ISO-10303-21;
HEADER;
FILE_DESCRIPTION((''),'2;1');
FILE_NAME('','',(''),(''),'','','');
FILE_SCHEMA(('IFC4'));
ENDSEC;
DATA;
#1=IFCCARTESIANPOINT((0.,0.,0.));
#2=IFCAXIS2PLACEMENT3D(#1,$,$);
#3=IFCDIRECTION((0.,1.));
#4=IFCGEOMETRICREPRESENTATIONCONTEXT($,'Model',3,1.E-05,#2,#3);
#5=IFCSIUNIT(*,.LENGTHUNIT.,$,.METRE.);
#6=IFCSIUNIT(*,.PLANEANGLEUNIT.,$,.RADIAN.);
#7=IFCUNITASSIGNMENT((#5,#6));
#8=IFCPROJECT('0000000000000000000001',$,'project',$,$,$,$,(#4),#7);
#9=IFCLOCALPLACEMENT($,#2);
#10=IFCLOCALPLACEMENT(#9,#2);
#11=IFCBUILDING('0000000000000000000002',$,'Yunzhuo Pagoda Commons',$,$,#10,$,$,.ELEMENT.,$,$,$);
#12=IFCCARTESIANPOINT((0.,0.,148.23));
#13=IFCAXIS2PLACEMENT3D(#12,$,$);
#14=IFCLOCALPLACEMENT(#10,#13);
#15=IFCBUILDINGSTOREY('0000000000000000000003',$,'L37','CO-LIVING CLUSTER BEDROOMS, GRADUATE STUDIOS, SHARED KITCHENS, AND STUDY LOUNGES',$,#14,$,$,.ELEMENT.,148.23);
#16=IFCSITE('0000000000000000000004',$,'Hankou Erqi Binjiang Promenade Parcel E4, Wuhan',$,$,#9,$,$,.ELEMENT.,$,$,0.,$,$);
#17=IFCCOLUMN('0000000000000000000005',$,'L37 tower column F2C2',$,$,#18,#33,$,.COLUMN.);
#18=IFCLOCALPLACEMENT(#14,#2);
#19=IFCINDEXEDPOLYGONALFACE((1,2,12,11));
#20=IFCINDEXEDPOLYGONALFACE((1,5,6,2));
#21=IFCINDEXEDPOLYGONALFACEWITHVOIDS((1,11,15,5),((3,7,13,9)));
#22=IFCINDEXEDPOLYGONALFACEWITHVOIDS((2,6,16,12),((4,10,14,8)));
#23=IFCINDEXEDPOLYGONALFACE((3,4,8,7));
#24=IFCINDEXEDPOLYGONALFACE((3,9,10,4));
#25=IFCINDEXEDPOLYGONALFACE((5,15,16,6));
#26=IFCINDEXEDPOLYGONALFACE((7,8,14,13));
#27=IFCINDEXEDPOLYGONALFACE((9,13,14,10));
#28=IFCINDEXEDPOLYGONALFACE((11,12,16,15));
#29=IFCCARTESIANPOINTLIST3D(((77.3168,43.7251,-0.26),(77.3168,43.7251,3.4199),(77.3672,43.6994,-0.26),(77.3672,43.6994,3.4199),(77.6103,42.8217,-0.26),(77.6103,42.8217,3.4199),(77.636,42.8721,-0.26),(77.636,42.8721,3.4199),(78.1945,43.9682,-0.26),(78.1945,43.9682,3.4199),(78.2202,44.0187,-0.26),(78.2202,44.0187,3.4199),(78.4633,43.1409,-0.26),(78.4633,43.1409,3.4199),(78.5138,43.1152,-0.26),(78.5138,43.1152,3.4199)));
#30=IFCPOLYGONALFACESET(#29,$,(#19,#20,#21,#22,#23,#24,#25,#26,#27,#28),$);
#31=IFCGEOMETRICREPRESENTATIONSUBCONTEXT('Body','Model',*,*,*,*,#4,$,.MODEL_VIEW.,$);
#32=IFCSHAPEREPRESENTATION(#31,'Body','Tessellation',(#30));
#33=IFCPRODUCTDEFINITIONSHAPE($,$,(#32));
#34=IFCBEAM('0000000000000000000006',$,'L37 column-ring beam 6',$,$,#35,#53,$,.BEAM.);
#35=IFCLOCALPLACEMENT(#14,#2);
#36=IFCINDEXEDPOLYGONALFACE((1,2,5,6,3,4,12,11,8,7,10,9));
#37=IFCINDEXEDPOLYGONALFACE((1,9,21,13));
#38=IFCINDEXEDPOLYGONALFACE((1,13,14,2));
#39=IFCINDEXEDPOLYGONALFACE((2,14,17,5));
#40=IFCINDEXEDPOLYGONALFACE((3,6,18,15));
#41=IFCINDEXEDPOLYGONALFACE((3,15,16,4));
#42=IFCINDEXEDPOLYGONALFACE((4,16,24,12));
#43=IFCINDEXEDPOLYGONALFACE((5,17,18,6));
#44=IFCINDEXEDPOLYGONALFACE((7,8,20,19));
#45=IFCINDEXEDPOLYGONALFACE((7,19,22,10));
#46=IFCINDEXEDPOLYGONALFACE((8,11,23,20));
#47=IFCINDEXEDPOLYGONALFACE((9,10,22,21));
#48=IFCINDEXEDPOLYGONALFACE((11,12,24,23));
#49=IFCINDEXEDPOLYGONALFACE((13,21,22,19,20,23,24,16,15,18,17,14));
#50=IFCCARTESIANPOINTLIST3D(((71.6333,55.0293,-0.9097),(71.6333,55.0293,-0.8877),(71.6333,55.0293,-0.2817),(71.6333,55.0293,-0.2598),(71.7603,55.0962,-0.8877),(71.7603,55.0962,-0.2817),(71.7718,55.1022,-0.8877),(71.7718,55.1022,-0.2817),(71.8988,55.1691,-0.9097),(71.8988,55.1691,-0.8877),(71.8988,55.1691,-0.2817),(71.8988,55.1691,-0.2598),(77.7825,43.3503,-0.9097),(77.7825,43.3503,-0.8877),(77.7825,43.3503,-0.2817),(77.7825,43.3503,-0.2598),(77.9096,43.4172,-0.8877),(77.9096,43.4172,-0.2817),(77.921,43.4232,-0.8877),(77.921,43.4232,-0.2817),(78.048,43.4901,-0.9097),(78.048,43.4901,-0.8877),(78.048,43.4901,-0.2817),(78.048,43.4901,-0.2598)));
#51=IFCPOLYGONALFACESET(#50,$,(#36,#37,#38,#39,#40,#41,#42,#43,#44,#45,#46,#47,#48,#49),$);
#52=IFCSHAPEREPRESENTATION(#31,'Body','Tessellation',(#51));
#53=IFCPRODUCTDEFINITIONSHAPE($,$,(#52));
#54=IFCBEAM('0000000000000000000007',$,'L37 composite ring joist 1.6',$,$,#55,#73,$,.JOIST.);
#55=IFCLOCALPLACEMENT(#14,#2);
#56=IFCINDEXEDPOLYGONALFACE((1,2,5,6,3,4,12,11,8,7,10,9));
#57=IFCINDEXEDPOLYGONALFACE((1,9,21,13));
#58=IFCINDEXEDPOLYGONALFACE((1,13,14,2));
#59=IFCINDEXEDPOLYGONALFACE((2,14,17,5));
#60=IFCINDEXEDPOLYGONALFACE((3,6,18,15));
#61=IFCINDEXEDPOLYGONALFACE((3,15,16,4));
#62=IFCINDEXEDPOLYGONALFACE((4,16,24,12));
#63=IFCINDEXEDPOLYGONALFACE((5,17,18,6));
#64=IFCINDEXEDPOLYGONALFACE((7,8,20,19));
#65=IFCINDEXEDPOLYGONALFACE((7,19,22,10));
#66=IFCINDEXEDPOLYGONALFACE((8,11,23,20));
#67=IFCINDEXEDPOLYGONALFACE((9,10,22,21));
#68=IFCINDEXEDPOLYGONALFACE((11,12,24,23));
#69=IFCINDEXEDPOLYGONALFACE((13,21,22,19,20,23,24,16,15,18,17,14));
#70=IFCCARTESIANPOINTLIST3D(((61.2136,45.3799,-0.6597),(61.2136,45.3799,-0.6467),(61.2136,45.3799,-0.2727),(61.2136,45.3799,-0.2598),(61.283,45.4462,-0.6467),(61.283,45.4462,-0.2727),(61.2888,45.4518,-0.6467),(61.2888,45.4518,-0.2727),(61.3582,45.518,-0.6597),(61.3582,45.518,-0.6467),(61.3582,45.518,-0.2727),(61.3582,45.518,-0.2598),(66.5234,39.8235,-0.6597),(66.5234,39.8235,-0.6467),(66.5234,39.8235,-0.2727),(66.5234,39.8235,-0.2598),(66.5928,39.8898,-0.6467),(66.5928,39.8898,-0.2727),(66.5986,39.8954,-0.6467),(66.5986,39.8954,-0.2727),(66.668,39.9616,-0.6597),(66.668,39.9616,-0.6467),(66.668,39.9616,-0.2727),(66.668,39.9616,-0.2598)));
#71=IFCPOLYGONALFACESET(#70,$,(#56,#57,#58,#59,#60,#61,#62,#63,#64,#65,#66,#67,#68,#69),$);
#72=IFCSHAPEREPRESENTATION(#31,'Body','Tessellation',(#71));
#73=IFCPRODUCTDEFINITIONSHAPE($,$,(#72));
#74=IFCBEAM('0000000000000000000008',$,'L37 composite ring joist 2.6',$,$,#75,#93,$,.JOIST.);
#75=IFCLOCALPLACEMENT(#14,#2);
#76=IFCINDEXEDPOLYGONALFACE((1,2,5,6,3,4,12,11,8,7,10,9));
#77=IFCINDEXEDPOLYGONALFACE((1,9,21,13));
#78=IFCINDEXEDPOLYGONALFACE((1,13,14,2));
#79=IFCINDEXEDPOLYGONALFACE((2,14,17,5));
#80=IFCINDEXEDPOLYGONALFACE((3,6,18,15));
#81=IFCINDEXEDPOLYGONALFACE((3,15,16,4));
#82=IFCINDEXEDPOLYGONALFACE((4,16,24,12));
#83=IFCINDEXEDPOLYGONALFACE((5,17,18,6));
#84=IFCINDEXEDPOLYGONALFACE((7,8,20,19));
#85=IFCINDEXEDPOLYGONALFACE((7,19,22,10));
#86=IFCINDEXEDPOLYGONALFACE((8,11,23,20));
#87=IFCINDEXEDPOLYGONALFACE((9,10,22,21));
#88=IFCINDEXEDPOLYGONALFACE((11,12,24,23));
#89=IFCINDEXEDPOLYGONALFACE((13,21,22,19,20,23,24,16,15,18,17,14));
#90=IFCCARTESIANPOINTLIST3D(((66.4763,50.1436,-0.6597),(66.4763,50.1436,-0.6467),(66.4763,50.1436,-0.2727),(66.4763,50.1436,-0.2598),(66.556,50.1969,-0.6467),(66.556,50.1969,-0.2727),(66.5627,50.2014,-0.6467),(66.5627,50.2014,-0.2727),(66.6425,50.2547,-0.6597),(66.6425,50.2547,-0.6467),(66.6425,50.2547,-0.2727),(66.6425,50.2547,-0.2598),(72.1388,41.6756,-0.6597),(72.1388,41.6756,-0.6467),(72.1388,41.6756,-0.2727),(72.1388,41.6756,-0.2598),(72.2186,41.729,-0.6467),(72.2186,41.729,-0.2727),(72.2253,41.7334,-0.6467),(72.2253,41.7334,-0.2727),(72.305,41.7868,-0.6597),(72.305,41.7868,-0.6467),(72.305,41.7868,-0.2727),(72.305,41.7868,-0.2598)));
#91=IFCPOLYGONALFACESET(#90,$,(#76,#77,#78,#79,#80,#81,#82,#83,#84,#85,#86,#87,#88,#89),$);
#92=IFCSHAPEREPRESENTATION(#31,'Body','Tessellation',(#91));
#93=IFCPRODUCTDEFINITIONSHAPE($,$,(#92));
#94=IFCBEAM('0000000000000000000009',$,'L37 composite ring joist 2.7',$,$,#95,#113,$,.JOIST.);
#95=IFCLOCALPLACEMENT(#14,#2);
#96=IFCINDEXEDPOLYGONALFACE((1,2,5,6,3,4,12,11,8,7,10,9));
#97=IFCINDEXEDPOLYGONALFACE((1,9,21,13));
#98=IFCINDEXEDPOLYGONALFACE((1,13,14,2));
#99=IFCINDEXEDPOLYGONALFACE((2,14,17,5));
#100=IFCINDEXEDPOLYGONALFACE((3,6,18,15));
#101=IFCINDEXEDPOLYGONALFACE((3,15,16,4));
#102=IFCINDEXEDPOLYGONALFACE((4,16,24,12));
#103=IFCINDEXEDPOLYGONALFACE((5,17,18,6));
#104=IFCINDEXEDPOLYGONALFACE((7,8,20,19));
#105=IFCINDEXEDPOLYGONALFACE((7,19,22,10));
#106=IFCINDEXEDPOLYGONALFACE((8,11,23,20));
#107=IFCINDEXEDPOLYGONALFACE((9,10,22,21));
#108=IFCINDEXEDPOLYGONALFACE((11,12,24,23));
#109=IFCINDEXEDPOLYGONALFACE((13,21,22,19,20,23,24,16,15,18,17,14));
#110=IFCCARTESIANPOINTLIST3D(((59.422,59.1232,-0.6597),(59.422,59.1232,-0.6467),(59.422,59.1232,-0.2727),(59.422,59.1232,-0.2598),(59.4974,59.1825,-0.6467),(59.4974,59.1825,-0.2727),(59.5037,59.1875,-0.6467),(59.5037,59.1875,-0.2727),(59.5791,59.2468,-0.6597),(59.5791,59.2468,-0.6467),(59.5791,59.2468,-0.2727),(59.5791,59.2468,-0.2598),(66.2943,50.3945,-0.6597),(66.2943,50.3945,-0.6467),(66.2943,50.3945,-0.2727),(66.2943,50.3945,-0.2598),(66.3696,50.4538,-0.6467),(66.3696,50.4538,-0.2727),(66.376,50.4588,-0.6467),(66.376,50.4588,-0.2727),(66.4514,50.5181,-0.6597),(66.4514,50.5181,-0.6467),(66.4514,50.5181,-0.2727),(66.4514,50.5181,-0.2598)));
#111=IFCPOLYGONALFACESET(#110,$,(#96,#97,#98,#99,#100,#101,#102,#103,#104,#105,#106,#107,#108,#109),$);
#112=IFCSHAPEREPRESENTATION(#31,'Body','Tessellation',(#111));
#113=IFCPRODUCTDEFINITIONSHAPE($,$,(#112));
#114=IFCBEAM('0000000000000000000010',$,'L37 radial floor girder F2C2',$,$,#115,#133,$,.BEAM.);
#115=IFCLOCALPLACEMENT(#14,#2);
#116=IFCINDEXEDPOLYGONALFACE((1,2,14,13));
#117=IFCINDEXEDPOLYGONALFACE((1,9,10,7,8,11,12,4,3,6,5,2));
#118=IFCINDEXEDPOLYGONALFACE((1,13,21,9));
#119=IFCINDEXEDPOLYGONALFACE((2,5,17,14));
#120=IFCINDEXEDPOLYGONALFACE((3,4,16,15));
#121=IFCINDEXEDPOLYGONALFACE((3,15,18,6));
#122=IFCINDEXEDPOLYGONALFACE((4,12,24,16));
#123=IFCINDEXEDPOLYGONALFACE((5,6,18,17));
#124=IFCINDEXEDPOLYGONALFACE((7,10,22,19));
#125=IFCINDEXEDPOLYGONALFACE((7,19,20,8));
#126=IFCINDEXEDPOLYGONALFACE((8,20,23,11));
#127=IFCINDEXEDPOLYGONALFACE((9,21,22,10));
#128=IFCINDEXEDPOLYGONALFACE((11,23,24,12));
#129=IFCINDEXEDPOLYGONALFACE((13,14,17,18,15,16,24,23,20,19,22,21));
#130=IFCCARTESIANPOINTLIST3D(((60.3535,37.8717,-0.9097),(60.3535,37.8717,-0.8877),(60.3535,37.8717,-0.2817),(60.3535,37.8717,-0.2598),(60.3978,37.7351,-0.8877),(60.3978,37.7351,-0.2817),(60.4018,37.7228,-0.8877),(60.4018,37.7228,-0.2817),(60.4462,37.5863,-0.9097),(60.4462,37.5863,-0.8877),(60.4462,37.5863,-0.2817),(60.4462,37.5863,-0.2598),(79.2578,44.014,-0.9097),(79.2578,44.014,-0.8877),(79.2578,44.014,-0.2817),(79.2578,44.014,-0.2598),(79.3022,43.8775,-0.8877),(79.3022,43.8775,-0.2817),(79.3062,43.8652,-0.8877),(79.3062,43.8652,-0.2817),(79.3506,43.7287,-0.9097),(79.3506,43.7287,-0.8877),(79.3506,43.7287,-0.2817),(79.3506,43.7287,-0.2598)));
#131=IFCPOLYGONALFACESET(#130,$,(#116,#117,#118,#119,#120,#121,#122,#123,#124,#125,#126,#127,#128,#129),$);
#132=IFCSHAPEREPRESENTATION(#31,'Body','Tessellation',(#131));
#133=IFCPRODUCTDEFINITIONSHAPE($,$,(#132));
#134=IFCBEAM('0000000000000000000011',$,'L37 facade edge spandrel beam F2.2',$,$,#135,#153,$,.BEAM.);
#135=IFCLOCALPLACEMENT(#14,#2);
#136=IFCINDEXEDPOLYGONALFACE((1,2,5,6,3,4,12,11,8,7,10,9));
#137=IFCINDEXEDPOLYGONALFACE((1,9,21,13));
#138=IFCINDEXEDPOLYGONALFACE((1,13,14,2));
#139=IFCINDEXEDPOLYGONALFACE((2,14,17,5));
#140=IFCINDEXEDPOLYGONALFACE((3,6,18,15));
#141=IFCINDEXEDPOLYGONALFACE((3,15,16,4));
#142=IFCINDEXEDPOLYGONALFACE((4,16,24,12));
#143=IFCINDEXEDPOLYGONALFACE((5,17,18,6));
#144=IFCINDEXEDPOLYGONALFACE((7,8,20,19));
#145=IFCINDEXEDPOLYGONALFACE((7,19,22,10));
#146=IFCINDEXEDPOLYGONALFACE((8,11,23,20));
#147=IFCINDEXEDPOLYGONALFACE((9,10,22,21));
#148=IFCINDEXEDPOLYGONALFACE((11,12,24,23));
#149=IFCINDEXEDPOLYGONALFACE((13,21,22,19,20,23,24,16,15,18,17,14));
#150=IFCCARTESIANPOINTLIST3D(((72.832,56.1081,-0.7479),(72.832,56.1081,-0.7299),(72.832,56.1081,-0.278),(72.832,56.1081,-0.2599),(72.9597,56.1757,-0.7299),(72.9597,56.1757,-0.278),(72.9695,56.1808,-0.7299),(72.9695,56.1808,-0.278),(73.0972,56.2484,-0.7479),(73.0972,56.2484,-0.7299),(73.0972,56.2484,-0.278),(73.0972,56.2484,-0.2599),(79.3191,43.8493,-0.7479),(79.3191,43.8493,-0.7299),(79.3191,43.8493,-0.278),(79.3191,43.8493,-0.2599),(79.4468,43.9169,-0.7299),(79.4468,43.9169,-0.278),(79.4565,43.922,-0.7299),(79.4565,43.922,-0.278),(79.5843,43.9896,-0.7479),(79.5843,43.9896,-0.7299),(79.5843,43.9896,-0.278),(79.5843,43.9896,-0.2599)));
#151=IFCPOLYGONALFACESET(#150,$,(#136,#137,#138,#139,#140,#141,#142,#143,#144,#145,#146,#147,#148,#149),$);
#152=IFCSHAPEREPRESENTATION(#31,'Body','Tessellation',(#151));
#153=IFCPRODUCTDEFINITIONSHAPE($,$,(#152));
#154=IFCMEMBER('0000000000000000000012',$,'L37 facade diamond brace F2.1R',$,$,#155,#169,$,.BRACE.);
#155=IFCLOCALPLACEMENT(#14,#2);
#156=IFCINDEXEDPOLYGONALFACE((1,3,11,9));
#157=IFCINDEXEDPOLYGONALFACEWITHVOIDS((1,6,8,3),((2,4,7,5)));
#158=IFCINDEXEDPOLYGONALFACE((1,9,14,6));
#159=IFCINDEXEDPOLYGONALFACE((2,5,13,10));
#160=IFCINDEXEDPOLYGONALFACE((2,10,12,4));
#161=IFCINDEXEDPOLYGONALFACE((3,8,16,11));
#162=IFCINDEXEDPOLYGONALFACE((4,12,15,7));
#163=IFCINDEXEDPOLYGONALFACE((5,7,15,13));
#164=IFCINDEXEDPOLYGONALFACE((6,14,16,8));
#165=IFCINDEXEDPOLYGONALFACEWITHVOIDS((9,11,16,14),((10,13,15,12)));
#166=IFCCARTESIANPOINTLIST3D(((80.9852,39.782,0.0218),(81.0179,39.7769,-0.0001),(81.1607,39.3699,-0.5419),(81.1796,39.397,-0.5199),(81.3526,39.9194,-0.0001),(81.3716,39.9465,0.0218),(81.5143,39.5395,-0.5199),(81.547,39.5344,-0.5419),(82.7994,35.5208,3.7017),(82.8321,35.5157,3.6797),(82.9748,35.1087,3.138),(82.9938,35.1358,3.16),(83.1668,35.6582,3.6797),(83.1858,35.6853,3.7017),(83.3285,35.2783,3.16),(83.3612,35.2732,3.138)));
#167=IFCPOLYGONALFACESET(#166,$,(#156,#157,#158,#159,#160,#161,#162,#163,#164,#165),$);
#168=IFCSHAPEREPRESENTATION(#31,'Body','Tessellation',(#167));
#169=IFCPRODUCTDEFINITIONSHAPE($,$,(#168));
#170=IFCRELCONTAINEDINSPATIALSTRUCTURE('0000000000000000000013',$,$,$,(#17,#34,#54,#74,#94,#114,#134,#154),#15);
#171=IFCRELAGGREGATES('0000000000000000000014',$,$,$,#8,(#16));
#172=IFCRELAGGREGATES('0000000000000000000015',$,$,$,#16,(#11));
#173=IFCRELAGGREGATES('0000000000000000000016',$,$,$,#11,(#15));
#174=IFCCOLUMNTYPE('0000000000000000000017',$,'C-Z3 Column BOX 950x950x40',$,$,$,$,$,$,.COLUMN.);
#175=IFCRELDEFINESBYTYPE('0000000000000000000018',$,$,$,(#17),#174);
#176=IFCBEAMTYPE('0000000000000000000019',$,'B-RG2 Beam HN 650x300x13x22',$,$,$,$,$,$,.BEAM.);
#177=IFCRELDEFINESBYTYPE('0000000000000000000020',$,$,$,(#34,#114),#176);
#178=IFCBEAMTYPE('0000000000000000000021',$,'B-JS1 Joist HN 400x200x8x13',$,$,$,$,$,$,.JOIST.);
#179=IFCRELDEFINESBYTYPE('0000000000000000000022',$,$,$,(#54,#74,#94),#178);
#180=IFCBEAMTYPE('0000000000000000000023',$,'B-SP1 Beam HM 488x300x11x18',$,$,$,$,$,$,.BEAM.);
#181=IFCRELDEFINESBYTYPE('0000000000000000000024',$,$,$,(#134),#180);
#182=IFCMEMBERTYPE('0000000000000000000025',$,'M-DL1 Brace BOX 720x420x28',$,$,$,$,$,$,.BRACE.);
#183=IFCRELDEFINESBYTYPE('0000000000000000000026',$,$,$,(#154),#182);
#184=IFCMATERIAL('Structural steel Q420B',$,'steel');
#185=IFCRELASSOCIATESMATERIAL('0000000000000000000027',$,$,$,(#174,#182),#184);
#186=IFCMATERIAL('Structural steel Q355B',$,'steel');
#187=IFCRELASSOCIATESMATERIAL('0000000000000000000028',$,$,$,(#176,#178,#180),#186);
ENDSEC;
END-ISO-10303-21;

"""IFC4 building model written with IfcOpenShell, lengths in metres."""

from ifc_helpers import new_model, si_unit, direction, frame, origin, origin_2d, place, context, subcontext, project, spatial, hollow_rectangle, i_section, extrude, source, transform, mapped, material, material_profile, profile_set, type_object, element, save


model = new_model("IFC4")

# Units and contexts
model_context = context("Model", 3, precision=1e-05, world=origin(), true_north=direction((0.0, 1.0)))
body_context = subcontext(model_context, "Body", "Model", "MODEL_VIEW")
ifc_project = project(units=[si_unit("LENGTHUNIT", "METRE"), si_unit("PLANEANGLEUNIT", "RADIAN")], contexts=[model_context])

# Site, building, storey
site_placement = place(None, origin())
site = spatial("IfcSite", under=ifc_project, at=site_placement, Name="Hankou Erqi Binjiang Promenade Parcel E4, Wuhan", CompositionType="ELEMENT", RefElevation=0.0)
building_placement = place(site_placement, origin())
building = spatial("IfcBuilding", under=site, at=building_placement, Name="Yunzhuo Pagoda Commons", CompositionType="ELEMENT")
storey_placement = place(building_placement, frame((0.0, 0.0, 148.23)))
storey = spatial("IfcBuildingStorey", under=building, at=storey_placement, Name="L37", Description="CO-LIVING CLUSTER BEDROOMS, GRADUATE STUDIOS, SHARED KITCHENS, AND STUDY LOUNGES", CompositionType="ELEMENT", Elevation=148.23)

# Column
ifc_material_1 = material(Name="Structural steel Q420B", Category="steel")
ifc_material_profile_1 = material_profile(ifc_material_1, hollow_rectangle(XDim=0.95, YDim=0.95, WallThickness=0.04, at=origin_2d()), Name="Structural steel Q420B")
ifc_profile_set_1 = profile_set([ifc_material_profile_1], Name="Structural steel Q420B")
column_type = type_object("IfcColumnType", Name="C-Z3 Column BOX 950x950x40", PredefinedType="COLUMN", material=ifc_profile_set_1)
shared_shape_1 = source(origin(), body_context, "Body", "SweptSolid", [
    extrude(hollow_rectangle(XDim=0.95, YDim=0.95, WallThickness=0.04, at=origin_2d()), origin(), (0.0, 0.0, 1.0), 3.6799),
])
column_placement = place(storey_placement, frame((77.9153, 43.4202, -0.26), z_axis=(0.0, 0.0, 1.0), x_axis=(-0.309017, 0.951057, 0.0)))
element("IfcColumn", 1, at=column_placement, inside=storey, type_object=column_type, Name="L37 tower column F2C2", PredefinedType="COLUMN", context=body_context, shape_type="MappedRepresentation", body=[
    mapped(shared_shape_1, transform((0.0, 0.0, 0.0), scale=1.0)),
])

# Beams
ifc_material_2 = material(Name="Structural steel Q355B", Category="steel")
ifc_material_profile_2 = material_profile(ifc_material_2, i_section(OverallWidth=0.3, OverallDepth=0.6499, WebThickness=0.0129, FlangeThickness=0.022, at=origin_2d()), Name="Structural steel Q355B")
ifc_profile_set_2 = profile_set([ifc_material_profile_2], Name="Structural steel Q355B")
beam_type_1 = type_object("IfcBeamType", Name="B-RG2 Beam HN 650x300x13x22", PredefinedType="BEAM", material=ifc_profile_set_2)
shared_shape_2 = source(origin(), body_context, "Body", "SweptSolid", [
    extrude(i_section(OverallWidth=0.3, OverallDepth=0.6499, WebThickness=0.0129, FlangeThickness=0.022, at=origin_2d()), origin(), (0.0, 0.0, 1.0), 13.199),
])
beam_1_placement = place(storey_placement, frame((77.9153, 43.4202, -0.5847), z_axis=(-0.465886, 0.884845, 0.0), x_axis=(-0.884845, -0.465886, 0.0)))
element("IfcBeam", 2, at=beam_1_placement, inside=storey, type_object=beam_type_1, Name="L37 column-ring beam 6", PredefinedType="BEAM", context=body_context, shape_type="MappedRepresentation", body=[
    mapped(shared_shape_2, transform((0.0, 0.0, 0.0), scale=1.0)),
])
ifc_material_profile_3 = material_profile(ifc_material_2, i_section(OverallWidth=0.2, OverallDepth=0.3999, WebThickness=0.0081, FlangeThickness=0.0129, at=origin_2d()), Name="Structural steel Q355B")
ifc_profile_set_3 = profile_set([ifc_material_profile_3], Name="Structural steel Q355B")
beam_type_2 = type_object("IfcBeamType", Name="B-JS1 Joist HN 400x200x8x13", PredefinedType="JOIST", material=ifc_profile_set_3)
shared_shape_3 = source(origin(), body_context, "Body", "SweptSolid", [
    extrude(i_section(OverallWidth=0.2, OverallDepth=0.3999, WebThickness=0.0081, FlangeThickness=0.0129, at=origin_2d()), origin(), (0.0, 0.0, 1.0), 7.6855),
])
beam_2_placement = place(storey_placement, frame((66.5957, 39.8926, -0.4597), z_axis=(-0.690883, 0.722967, 0.0), x_axis=(-0.722967, -0.690883, 0.0)))
element("IfcBeam", 3, at=beam_2_placement, inside=storey, type_object=beam_type_2, Name="L37 composite ring joist 1.6", PredefinedType="JOIST", context=body_context, shape_type="MappedRepresentation", body=[
    mapped(shared_shape_3, transform((0.0, 0.0, 0.0), scale=1.0)),
])
shared_shape_4 = source(origin(), body_context, "Body", "SweptSolid", [
    extrude(i_section(OverallWidth=0.2, OverallDepth=0.3999, WebThickness=0.0081, FlangeThickness=0.0129, at=origin_2d()), origin(), (0.0, 0.0, 1.0), 10.1868),
])
beam_3_placement = place(storey_placement, frame((72.2219, 41.7312, -0.4597), z_axis=(-0.555872, 0.831268, 0.0), x_axis=(-0.831268, -0.555872, 0.0)))
element("IfcBeam", 4, at=beam_3_placement, inside=storey, type_object=beam_type_2, Name="L37 composite ring joist 2.6", PredefinedType="JOIST", context=body_context, shape_type="MappedRepresentation", body=[
    mapped(shared_shape_4, transform((0.0, 0.0, 0.0), scale=1.0)),
])
shared_shape_5 = source(origin(), body_context, "Body", "SweptSolid", [
    extrude(i_section(OverallWidth=0.2, OverallDepth=0.3999, WebThickness=0.0081, FlangeThickness=0.0129, at=origin_2d()), origin(), (0.0, 0.0, 1.0), 11.1094),
])
beam_4_placement = place(storey_placement, frame((66.3728, 50.4563, -0.4597), z_axis=(-0.618601, 0.785706, 0.0), x_axis=(-0.785706, -0.618601, 0.0)))
element("IfcBeam", 5, at=beam_4_placement, inside=storey, type_object=beam_type_2, Name="L37 composite ring joist 2.7", PredefinedType="JOIST", context=body_context, shape_type="MappedRepresentation", body=[
    mapped(shared_shape_5, transform((0.0, 0.0, 0.0), scale=1.0)),
])
shared_shape_6 = source(origin(), body_context, "Body", "SweptSolid", [
    extrude(i_section(OverallWidth=0.3, OverallDepth=0.6499, WebThickness=0.0129, FlangeThickness=0.022, at=origin_2d()), origin(), (0.0, 0.0, 1.0), 19.8772),
])
beam_5_placement = place(storey_placement, frame((79.3042, 43.8713, -0.5847), z_axis=(-0.951057, -0.309015, 0.0), x_axis=(0.309015, -0.951057, 0.0)))
element("IfcBeam", 6, at=beam_5_placement, inside=storey, type_object=beam_type_1, Name="L37 radial floor girder F2C2", PredefinedType="BEAM", context=body_context, shape_type="MappedRepresentation", body=[
    mapped(shared_shape_6, transform((0.0, 0.0, 0.0), scale=1.0)),
])
ifc_material_profile_4 = material_profile(ifc_material_2, i_section(OverallWidth=0.3, OverallDepth=0.488, WebThickness=0.011, FlangeThickness=0.0181, at=origin_2d()), Name="Structural steel Q355B")
ifc_profile_set_4 = profile_set([ifc_material_profile_4], Name="Structural steel Q355B")
beam_type_3 = type_object("IfcBeamType", Name="B-SP1 Beam HM 488x300x11x18", PredefinedType="BEAM", material=ifc_profile_set_4)
shared_shape_7 = source(origin(), body_context, "Body", "SweptSolid", [
    extrude(i_section(OverallWidth=0.3, OverallDepth=0.488, WebThickness=0.011, FlangeThickness=0.0181, at=origin_2d()), origin(), (0.0, 0.0, 1.0), 13.8694),
])
beam_6_placement = place(storey_placement, frame((79.4517, 43.9194, -0.5039), z_axis=(-0.467725, 0.883874, 0.0), x_axis=(-0.883874, -0.467725, 0.0)))
element("IfcBeam", 7, at=beam_6_placement, inside=storey, type_object=beam_type_3, Name="L37 facade edge spandrel beam F2.2", PredefinedType="BEAM", context=body_context, shape_type="MappedRepresentation", body=[
    mapped(shared_shape_7, transform((0.0, 0.0, 0.0), scale=1.0)),
])

# Member
ifc_material_profile_5 = material_profile(ifc_material_1, hollow_rectangle(XDim=0.4199, YDim=0.72, WallThickness=0.0281, at=origin_2d()), Name="Structural steel Q420B")
ifc_profile_set_5 = profile_set([ifc_material_profile_5], Name="Structural steel Q420B")
member_type_1 = type_object("IfcMemberType", Name="M-DL1 Brace BOX 720x420x28", PredefinedType="BRACE", material=ifc_profile_set_5)
shared_shape_8 = source(origin(), body_context, "Body", "SweptSolid", [
    extrude(hollow_rectangle(XDim=0.4199, YDim=0.72, WallThickness=0.0281, at=origin_2d()), origin(), (0.0, 0.0, 1.0), 5.9153),
])
member_1_placement = place(storey_placement, frame((81.2661, 39.6582, -0.26), z_axis=(0.306695, -0.720369, 0.622099), x_axis=(0.920083, 0.391723, 0.0)))
element("IfcMember", 8, at=member_1_placement, inside=storey, type_object=member_type_1, Name="L37 facade diamond brace F2.1R", PredefinedType="BRACE", context=body_context, shape_type="MappedRepresentation", body=[
    mapped(shared_shape_8, transform((0.0, 0.0, 0.0), scale=1.0)),
])

save(model, "model.ifc")
